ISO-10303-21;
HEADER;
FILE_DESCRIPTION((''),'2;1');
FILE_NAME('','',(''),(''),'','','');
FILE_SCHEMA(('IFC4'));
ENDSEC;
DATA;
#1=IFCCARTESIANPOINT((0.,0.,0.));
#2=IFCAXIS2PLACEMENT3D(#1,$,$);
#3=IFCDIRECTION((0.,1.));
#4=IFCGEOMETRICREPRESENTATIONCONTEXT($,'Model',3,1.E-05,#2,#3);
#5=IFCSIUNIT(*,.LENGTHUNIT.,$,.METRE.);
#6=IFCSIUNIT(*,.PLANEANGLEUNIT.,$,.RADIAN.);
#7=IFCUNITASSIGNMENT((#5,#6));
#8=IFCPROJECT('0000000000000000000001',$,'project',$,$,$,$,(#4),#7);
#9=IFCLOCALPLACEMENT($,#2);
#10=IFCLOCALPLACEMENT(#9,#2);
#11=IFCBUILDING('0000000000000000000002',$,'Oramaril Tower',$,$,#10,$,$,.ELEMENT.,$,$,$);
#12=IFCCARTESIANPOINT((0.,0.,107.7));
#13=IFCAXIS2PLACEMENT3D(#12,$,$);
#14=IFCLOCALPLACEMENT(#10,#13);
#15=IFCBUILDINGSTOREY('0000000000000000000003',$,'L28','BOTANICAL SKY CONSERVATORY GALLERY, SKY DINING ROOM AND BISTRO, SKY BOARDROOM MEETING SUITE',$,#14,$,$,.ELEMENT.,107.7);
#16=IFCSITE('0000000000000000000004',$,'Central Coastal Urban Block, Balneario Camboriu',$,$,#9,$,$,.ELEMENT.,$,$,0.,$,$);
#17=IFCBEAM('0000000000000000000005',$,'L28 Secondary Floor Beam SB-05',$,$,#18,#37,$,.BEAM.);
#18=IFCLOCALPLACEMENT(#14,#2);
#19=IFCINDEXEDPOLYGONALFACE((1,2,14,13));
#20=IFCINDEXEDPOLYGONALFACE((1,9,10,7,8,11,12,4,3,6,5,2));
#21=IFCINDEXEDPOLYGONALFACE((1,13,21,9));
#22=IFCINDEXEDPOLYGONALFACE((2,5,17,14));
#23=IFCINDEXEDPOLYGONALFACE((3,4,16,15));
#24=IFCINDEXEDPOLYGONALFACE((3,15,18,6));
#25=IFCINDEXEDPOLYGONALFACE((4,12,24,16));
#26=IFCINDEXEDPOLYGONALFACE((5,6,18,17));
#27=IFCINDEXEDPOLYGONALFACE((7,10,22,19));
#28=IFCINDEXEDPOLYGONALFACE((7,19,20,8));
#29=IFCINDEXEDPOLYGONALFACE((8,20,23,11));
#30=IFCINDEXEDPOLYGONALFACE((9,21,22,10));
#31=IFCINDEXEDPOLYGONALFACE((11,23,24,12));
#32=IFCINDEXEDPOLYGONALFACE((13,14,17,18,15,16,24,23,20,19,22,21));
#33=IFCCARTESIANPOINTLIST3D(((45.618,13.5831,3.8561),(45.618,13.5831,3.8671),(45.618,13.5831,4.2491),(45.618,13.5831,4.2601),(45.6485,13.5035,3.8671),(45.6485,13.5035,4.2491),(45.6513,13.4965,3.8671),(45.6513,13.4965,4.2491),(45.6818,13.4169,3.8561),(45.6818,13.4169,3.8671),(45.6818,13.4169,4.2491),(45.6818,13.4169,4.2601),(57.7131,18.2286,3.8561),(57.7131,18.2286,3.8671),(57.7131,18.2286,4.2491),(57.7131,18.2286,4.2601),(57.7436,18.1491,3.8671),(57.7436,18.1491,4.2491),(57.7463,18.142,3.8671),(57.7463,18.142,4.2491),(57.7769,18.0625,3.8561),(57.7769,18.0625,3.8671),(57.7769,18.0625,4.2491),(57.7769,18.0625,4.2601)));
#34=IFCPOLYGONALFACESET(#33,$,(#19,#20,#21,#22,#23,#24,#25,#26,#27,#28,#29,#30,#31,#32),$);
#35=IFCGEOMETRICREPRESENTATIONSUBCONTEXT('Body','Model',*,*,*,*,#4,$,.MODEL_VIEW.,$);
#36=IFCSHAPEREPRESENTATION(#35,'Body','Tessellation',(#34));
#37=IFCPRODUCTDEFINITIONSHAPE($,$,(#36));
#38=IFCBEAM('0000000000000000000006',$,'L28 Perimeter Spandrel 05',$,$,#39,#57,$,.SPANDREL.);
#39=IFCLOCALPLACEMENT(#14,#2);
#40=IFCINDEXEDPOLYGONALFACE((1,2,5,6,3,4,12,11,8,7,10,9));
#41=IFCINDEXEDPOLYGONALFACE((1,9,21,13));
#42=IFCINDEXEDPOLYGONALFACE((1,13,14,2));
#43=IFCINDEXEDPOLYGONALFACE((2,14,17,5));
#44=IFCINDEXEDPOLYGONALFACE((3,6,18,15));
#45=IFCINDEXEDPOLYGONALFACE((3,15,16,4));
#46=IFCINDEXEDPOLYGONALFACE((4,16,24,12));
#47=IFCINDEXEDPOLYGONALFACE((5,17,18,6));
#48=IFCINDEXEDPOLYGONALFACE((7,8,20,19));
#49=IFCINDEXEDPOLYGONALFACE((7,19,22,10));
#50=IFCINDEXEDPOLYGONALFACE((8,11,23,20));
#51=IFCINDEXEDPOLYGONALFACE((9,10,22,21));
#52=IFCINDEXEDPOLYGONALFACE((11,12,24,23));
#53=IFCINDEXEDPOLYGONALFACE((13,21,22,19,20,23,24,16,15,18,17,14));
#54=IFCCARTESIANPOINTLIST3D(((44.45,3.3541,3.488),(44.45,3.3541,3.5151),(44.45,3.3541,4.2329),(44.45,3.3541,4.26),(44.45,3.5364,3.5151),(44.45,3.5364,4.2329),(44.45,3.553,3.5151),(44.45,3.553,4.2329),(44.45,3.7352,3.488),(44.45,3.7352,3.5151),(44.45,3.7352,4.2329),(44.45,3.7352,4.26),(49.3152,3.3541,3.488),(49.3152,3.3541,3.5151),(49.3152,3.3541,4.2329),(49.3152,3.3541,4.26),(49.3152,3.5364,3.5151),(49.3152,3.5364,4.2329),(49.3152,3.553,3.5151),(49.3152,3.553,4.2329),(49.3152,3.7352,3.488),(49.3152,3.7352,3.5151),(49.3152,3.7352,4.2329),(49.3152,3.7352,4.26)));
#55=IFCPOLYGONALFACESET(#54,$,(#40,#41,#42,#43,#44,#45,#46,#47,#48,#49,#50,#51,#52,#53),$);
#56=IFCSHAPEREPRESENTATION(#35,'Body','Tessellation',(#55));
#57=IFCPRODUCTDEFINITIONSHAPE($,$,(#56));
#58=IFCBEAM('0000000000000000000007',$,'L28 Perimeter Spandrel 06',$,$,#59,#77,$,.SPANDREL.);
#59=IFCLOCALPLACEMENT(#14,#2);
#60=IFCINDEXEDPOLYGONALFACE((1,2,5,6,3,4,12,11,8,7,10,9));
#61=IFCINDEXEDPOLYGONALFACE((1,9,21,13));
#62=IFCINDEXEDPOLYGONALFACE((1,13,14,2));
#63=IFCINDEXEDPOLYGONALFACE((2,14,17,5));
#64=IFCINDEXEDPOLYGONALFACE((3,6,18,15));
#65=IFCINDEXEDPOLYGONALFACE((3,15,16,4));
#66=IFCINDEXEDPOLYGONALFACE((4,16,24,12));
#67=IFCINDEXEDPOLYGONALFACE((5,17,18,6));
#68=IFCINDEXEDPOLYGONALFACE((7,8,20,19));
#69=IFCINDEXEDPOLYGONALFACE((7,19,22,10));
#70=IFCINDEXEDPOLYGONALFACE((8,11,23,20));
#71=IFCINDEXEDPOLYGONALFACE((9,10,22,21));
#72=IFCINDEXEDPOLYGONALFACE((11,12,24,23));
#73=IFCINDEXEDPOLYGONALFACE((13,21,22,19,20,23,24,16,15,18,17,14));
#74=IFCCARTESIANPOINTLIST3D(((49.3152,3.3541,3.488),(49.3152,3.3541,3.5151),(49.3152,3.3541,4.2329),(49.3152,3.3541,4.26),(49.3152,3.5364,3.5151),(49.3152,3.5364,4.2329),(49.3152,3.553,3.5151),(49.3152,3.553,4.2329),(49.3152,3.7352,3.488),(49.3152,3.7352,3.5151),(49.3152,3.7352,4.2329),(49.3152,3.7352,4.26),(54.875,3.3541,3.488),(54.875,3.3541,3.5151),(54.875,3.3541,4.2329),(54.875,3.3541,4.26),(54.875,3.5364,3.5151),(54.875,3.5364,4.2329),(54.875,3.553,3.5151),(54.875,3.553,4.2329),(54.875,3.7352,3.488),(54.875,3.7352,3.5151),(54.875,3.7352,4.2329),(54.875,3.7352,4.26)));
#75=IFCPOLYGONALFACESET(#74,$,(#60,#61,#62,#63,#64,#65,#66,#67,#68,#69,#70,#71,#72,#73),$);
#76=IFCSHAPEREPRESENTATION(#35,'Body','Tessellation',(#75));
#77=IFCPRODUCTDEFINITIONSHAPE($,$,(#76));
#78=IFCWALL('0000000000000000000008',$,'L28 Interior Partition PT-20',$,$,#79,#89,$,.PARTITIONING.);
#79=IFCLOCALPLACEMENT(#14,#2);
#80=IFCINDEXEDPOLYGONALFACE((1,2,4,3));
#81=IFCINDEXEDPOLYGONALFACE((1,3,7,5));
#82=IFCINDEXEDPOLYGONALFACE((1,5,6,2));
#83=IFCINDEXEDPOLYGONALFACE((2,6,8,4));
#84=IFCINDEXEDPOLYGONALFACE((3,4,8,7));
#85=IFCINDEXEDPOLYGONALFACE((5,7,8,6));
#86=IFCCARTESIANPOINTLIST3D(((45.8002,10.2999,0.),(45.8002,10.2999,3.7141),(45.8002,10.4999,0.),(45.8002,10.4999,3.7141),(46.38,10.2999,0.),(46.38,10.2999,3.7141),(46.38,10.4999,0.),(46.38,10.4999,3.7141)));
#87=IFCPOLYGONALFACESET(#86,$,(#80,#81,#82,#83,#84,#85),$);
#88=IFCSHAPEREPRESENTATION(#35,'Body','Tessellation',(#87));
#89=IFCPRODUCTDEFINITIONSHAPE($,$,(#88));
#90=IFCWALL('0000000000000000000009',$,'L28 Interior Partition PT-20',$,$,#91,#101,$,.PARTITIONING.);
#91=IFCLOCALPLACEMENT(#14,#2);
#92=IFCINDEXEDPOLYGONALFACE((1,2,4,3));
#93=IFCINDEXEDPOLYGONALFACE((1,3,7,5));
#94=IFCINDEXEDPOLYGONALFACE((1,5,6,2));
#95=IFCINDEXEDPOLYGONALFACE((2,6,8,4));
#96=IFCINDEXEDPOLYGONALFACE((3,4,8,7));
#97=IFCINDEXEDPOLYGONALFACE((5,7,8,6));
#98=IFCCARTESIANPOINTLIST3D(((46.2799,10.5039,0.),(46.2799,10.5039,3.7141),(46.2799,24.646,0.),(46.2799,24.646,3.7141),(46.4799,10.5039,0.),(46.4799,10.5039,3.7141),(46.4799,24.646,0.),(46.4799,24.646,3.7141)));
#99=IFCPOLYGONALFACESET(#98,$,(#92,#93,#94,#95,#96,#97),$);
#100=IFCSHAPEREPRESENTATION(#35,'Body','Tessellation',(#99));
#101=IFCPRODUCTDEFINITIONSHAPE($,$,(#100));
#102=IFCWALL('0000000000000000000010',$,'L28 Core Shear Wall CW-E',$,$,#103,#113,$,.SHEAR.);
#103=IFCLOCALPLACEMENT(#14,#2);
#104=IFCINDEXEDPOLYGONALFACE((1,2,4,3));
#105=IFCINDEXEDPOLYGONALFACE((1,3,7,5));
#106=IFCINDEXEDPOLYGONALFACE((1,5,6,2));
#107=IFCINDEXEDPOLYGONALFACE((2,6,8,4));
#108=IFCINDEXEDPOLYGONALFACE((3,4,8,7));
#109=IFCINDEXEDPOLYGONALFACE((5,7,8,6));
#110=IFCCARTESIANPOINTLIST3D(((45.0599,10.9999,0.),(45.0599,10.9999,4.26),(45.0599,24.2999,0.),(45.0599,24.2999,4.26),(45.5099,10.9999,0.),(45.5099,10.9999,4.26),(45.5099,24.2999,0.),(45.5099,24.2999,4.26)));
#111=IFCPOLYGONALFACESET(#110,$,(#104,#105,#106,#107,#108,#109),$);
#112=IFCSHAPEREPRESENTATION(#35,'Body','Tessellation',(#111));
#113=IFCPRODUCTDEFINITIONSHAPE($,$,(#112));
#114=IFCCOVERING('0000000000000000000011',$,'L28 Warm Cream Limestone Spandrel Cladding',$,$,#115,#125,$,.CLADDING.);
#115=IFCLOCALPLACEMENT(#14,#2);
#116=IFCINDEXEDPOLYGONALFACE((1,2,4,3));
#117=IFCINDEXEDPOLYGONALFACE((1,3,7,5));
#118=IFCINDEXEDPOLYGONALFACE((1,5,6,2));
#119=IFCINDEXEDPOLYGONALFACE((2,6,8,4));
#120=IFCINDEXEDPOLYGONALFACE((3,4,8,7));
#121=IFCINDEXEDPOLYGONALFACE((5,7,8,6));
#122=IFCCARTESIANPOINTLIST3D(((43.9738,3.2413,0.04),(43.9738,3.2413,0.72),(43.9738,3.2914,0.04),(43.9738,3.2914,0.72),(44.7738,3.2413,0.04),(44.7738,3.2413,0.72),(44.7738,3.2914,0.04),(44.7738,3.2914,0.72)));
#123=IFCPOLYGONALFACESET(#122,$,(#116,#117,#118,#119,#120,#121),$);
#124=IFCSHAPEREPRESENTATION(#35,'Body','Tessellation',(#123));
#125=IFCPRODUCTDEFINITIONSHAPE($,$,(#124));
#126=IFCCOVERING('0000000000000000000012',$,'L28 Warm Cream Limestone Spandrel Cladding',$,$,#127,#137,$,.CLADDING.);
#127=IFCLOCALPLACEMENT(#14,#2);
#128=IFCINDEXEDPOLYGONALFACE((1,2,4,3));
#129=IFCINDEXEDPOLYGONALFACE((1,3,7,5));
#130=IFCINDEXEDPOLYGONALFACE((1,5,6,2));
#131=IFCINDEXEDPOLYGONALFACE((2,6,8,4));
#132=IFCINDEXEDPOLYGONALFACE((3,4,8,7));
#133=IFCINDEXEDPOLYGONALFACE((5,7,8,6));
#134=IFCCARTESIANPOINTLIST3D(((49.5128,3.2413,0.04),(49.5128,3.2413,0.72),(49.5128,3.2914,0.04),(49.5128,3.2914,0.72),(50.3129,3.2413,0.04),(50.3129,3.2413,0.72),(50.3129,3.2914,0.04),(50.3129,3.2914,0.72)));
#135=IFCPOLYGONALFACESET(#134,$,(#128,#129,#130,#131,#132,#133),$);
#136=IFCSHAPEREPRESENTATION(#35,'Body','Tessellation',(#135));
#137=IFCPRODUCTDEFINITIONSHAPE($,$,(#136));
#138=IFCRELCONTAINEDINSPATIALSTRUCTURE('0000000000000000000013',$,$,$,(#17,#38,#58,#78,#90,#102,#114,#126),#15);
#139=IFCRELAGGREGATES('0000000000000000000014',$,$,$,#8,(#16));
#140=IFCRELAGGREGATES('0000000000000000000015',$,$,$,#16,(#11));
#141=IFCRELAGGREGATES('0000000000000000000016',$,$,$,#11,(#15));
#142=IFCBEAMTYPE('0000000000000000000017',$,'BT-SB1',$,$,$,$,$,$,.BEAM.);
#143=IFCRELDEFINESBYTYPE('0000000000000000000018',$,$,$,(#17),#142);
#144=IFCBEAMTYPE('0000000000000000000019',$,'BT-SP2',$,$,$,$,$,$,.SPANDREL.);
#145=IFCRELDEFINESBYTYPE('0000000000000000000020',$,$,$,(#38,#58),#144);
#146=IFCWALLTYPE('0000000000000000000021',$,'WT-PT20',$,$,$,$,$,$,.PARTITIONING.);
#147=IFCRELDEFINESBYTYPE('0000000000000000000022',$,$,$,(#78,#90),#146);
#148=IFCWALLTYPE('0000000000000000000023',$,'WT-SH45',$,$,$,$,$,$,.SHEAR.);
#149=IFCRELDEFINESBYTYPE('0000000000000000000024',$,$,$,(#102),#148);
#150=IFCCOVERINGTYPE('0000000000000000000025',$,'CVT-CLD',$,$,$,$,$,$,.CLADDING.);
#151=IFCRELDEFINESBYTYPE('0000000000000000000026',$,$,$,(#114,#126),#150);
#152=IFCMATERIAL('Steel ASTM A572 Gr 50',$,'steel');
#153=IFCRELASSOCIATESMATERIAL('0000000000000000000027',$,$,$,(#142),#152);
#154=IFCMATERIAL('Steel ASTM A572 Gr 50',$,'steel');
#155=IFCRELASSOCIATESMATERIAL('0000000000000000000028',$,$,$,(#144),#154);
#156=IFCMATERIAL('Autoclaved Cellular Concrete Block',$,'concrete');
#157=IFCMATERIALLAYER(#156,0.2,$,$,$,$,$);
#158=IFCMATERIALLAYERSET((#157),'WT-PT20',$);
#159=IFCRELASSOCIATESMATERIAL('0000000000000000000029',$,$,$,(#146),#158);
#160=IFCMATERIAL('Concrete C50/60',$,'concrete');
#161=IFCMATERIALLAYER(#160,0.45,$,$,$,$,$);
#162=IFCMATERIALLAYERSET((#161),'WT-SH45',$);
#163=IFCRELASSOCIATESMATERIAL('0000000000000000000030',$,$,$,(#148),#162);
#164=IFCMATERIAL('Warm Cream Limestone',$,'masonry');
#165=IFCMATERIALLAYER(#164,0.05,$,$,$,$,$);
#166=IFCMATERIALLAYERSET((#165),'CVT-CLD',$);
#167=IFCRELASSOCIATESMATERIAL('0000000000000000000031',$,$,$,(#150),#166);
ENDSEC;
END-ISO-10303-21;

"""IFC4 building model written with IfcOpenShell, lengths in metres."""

from ifc_helpers import new_model, si_unit, direction, frame, frame_2d, origin, origin_2d, place, context, subcontext, project, spatial, rectangle, i_section, extrude, material, layer, layer_set, material_profile, profile_set, type_object, element, save


model = new_model("IFC4")

# Units and contexts
model_context = context("Model", 3, precision=1e-05, world=origin(), true_north=direction((0.0, 1.0)))
body_context = subcontext(model_context, "Body", "Model", "MODEL_VIEW")
ifc_project = project(units=[si_unit("LENGTHUNIT", "METRE"), si_unit("PLANEANGLEUNIT", "RADIAN")], contexts=[model_context])

# Site, building, storey
site_placement = place(None, origin())
site = spatial("IfcSite", under=ifc_project, at=site_placement, Name="Central Coastal Urban Block, Balneario Camboriu", CompositionType="ELEMENT", RefElevation=0.0)
building_placement = place(site_placement, origin())
building = spatial("IfcBuilding", under=site, at=building_placement, Name="Oramaril Tower", CompositionType="ELEMENT")
storey_placement = place(building_placement, frame((0.0, 0.0, 107.7)))
storey = spatial("IfcBuildingStorey", under=building, at=storey_placement, Name="L28", Description="BOTANICAL SKY CONSERVATORY GALLERY, SKY DINING ROOM AND BISTRO, SKY BOARDROOM MEETING SUITE", CompositionType="ELEMENT", Elevation=107.7)

# Beams
ifc_material_1 = material(Name="Steel ASTM A572 Gr 50", Category="steel")
ifc_material_profile_1 = material_profile(ifc_material_1, i_section(OverallWidth=0.178, OverallDepth=0.4041, WebThickness=0.0076, FlangeThickness=0.011, at=origin_2d()), Name="W16X36")
ifc_profile_set_1 = profile_set([ifc_material_profile_1], Name="Steel ASTM A572 Gr 50")
beam_type_1 = type_object("IfcBeamType", Name="BT-SB1", PredefinedType="BEAM", material=ifc_profile_set_1)
beam_1_placement = place(storey_placement, frame((45.6499, 13.5, 4.0581), z_axis=(0.933511, 0.358548, 0.0), x_axis=(-0.358548, 0.933511, 0.0)))
element("IfcBeam", 1, at=beam_1_placement, inside=storey, type_object=beam_type_1, Name="L28 Secondary Floor Beam SB-05", PredefinedType="BEAM", context=body_context, shape_type="SweptSolid", body=[
    extrude(i_section(OverallWidth=0.178, OverallDepth=0.4041, WebThickness=0.0076, FlangeThickness=0.011, at=origin_2d()), origin(), (0.0, 0.0, 1.0), 12.9565),
])
ifc_material_2 = material(Name="Steel ASTM A572 Gr 50", Category="steel")
ifc_material_profile_2 = material_profile(ifc_material_2, i_section(OverallWidth=0.3811, OverallDepth=0.772, WebThickness=0.0166, FlangeThickness=0.0271, at=origin_2d()), Name="W30X173")
ifc_profile_set_2 = profile_set([ifc_material_profile_2], Name="Steel ASTM A572 Gr 50")
beam_type_2 = type_object("IfcBeamType", Name="BT-SP2", PredefinedType="SPANDREL", material=ifc_profile_set_2)
beam_2_placement = place(storey_placement, frame((44.45, 3.5447, 3.874), z_axis=(1.0, 0.0, 0.0), x_axis=(0.0, 1.0, 0.0)))
element("IfcBeam", 2, at=beam_2_placement, inside=storey, type_object=beam_type_2, Name="L28 Perimeter Spandrel 05", PredefinedType="SPANDREL", context=body_context, shape_type="SweptSolid", body=[
    extrude(i_section(OverallWidth=0.3811, OverallDepth=0.772, WebThickness=0.0166, FlangeThickness=0.0271, at=origin_2d()), origin(), (0.0, 0.0, 1.0), 4.8652),
])
beam_3_placement = place(storey_placement, frame((49.3152, 3.5447, 3.874), z_axis=(1.0, 0.0, 0.0), x_axis=(0.0, 1.0, 0.0)))
element("IfcBeam", 3, at=beam_3_placement, inside=storey, type_object=beam_type_2, Name="L28 Perimeter Spandrel 06", PredefinedType="SPANDREL", context=body_context, shape_type="SweptSolid", body=[
    extrude(i_section(OverallWidth=0.3811, OverallDepth=0.772, WebThickness=0.0166, FlangeThickness=0.0271, at=origin_2d()), origin(), (0.0, 0.0, 1.0), 5.5598),
])

# Walls
ifc_material_3 = material(Name="Autoclaved Cellular Concrete Block", Category="concrete")
ifc_layer_1 = layer(ifc_material_3, 0.2)
ifc_layer_set_1 = layer_set([ifc_layer_1], Name="WT-PT20")
wall_type_1 = type_object("IfcWallType", Name="WT-PT20", PredefinedType="PARTITIONING", material=ifc_layer_set_1)
wall_1_placement = place(storey_placement, frame((45.8, 10.3999, 0.0), z_axis=(0.0, 0.0, 1.0), x_axis=(1.0, 0.0, 0.0)))
element("IfcWall", 4, at=wall_1_placement, inside=storey, type_object=wall_type_1, Name="L28 Interior Partition PT-20", PredefinedType="PARTITIONING", context=body_context, shape_type="SweptSolid", body=[
    extrude(rectangle(XDim=0.5798, YDim=0.2, at=frame_2d((0.29, 0.0))), origin(), (0.0, 0.0, 1.0), 3.7141),
])
wall_2_placement = place(storey_placement, frame((46.3799, 10.5039, 0.0), z_axis=(0.0, 0.0, 1.0), x_axis=(0.0, 1.0, 0.0)))
element("IfcWall", 5, at=wall_2_placement, inside=storey, type_object=wall_type_1, Name="L28 Interior Partition PT-20", PredefinedType="PARTITIONING", context=body_context, shape_type="SweptSolid", body=[
    extrude(rectangle(XDim=14.1421, YDim=0.2, at=frame_2d((7.071, 0.0))), origin(), (0.0, 0.0, 1.0), 3.7141),
])

# Wall
ifc_material_4 = material(Name="Concrete C50/60", Category="concrete")
ifc_layer_2 = layer(ifc_material_4, 0.45)
ifc_layer_set_2 = layer_set([ifc_layer_2], Name="WT-SH45")
wall_type_2 = type_object("IfcWallType", Name="WT-SH45", PredefinedType="SHEAR", material=ifc_layer_set_2)
wall_3_placement = place(storey_placement, frame((45.2849, 11.0, 0.0), z_axis=(0.0, 0.0, 1.0), x_axis=(0.0, 1.0, 0.0)))
element("IfcWall", 6, at=wall_3_placement, inside=storey, type_object=wall_type_2, Name="L28 Core Shear Wall CW-E", PredefinedType="SHEAR", context=body_context, shape_type="SweptSolid", body=[
    extrude(rectangle(XDim=13.3, YDim=0.45, at=frame_2d((6.6499, 0.0))), origin(), (0.0, 0.0, 1.0), 4.26),
])

# Coverings
ifc_material_5 = material(Name="Warm Cream Limestone", Category="masonry")
ifc_layer_3 = layer(ifc_material_5, 0.05)
ifc_layer_set_3 = layer_set([ifc_layer_3], Name="CVT-CLD")
covering_type = type_object("IfcCoveringType", Name="CVT-CLD", PredefinedType="CLADDING", material=ifc_layer_set_3)
for number, where, z_axis, x_axis, name in (
    (7, (44.3738, 3.2664, 0.04), (0.0, 0.0, 1.0), (1.0, 0.0, 0.0), "L28 Warm Cream Limestone Spandrel Cladding"),
    (8, (49.9128, 3.2664, 0.04), (0.0, 0.0, 1.0), (1.0, 0.0, 0.0), "L28 Warm Cream Limestone Spandrel Cladding"),
):
    element("IfcCovering", number, at=place(storey_placement, frame(where, z_axis=z_axis, x_axis=x_axis)), inside=storey, type_object=covering_type, Name=name, PredefinedType="CLADDING", context=body_context, shape_type="SweptSolid", body=[
        extrude(rectangle(XDim=0.8, YDim=0.05, at=origin_2d()), origin(), (0.0, 0.0, 1.0), 0.6799),
    ])

save(model, "model.ifc")
